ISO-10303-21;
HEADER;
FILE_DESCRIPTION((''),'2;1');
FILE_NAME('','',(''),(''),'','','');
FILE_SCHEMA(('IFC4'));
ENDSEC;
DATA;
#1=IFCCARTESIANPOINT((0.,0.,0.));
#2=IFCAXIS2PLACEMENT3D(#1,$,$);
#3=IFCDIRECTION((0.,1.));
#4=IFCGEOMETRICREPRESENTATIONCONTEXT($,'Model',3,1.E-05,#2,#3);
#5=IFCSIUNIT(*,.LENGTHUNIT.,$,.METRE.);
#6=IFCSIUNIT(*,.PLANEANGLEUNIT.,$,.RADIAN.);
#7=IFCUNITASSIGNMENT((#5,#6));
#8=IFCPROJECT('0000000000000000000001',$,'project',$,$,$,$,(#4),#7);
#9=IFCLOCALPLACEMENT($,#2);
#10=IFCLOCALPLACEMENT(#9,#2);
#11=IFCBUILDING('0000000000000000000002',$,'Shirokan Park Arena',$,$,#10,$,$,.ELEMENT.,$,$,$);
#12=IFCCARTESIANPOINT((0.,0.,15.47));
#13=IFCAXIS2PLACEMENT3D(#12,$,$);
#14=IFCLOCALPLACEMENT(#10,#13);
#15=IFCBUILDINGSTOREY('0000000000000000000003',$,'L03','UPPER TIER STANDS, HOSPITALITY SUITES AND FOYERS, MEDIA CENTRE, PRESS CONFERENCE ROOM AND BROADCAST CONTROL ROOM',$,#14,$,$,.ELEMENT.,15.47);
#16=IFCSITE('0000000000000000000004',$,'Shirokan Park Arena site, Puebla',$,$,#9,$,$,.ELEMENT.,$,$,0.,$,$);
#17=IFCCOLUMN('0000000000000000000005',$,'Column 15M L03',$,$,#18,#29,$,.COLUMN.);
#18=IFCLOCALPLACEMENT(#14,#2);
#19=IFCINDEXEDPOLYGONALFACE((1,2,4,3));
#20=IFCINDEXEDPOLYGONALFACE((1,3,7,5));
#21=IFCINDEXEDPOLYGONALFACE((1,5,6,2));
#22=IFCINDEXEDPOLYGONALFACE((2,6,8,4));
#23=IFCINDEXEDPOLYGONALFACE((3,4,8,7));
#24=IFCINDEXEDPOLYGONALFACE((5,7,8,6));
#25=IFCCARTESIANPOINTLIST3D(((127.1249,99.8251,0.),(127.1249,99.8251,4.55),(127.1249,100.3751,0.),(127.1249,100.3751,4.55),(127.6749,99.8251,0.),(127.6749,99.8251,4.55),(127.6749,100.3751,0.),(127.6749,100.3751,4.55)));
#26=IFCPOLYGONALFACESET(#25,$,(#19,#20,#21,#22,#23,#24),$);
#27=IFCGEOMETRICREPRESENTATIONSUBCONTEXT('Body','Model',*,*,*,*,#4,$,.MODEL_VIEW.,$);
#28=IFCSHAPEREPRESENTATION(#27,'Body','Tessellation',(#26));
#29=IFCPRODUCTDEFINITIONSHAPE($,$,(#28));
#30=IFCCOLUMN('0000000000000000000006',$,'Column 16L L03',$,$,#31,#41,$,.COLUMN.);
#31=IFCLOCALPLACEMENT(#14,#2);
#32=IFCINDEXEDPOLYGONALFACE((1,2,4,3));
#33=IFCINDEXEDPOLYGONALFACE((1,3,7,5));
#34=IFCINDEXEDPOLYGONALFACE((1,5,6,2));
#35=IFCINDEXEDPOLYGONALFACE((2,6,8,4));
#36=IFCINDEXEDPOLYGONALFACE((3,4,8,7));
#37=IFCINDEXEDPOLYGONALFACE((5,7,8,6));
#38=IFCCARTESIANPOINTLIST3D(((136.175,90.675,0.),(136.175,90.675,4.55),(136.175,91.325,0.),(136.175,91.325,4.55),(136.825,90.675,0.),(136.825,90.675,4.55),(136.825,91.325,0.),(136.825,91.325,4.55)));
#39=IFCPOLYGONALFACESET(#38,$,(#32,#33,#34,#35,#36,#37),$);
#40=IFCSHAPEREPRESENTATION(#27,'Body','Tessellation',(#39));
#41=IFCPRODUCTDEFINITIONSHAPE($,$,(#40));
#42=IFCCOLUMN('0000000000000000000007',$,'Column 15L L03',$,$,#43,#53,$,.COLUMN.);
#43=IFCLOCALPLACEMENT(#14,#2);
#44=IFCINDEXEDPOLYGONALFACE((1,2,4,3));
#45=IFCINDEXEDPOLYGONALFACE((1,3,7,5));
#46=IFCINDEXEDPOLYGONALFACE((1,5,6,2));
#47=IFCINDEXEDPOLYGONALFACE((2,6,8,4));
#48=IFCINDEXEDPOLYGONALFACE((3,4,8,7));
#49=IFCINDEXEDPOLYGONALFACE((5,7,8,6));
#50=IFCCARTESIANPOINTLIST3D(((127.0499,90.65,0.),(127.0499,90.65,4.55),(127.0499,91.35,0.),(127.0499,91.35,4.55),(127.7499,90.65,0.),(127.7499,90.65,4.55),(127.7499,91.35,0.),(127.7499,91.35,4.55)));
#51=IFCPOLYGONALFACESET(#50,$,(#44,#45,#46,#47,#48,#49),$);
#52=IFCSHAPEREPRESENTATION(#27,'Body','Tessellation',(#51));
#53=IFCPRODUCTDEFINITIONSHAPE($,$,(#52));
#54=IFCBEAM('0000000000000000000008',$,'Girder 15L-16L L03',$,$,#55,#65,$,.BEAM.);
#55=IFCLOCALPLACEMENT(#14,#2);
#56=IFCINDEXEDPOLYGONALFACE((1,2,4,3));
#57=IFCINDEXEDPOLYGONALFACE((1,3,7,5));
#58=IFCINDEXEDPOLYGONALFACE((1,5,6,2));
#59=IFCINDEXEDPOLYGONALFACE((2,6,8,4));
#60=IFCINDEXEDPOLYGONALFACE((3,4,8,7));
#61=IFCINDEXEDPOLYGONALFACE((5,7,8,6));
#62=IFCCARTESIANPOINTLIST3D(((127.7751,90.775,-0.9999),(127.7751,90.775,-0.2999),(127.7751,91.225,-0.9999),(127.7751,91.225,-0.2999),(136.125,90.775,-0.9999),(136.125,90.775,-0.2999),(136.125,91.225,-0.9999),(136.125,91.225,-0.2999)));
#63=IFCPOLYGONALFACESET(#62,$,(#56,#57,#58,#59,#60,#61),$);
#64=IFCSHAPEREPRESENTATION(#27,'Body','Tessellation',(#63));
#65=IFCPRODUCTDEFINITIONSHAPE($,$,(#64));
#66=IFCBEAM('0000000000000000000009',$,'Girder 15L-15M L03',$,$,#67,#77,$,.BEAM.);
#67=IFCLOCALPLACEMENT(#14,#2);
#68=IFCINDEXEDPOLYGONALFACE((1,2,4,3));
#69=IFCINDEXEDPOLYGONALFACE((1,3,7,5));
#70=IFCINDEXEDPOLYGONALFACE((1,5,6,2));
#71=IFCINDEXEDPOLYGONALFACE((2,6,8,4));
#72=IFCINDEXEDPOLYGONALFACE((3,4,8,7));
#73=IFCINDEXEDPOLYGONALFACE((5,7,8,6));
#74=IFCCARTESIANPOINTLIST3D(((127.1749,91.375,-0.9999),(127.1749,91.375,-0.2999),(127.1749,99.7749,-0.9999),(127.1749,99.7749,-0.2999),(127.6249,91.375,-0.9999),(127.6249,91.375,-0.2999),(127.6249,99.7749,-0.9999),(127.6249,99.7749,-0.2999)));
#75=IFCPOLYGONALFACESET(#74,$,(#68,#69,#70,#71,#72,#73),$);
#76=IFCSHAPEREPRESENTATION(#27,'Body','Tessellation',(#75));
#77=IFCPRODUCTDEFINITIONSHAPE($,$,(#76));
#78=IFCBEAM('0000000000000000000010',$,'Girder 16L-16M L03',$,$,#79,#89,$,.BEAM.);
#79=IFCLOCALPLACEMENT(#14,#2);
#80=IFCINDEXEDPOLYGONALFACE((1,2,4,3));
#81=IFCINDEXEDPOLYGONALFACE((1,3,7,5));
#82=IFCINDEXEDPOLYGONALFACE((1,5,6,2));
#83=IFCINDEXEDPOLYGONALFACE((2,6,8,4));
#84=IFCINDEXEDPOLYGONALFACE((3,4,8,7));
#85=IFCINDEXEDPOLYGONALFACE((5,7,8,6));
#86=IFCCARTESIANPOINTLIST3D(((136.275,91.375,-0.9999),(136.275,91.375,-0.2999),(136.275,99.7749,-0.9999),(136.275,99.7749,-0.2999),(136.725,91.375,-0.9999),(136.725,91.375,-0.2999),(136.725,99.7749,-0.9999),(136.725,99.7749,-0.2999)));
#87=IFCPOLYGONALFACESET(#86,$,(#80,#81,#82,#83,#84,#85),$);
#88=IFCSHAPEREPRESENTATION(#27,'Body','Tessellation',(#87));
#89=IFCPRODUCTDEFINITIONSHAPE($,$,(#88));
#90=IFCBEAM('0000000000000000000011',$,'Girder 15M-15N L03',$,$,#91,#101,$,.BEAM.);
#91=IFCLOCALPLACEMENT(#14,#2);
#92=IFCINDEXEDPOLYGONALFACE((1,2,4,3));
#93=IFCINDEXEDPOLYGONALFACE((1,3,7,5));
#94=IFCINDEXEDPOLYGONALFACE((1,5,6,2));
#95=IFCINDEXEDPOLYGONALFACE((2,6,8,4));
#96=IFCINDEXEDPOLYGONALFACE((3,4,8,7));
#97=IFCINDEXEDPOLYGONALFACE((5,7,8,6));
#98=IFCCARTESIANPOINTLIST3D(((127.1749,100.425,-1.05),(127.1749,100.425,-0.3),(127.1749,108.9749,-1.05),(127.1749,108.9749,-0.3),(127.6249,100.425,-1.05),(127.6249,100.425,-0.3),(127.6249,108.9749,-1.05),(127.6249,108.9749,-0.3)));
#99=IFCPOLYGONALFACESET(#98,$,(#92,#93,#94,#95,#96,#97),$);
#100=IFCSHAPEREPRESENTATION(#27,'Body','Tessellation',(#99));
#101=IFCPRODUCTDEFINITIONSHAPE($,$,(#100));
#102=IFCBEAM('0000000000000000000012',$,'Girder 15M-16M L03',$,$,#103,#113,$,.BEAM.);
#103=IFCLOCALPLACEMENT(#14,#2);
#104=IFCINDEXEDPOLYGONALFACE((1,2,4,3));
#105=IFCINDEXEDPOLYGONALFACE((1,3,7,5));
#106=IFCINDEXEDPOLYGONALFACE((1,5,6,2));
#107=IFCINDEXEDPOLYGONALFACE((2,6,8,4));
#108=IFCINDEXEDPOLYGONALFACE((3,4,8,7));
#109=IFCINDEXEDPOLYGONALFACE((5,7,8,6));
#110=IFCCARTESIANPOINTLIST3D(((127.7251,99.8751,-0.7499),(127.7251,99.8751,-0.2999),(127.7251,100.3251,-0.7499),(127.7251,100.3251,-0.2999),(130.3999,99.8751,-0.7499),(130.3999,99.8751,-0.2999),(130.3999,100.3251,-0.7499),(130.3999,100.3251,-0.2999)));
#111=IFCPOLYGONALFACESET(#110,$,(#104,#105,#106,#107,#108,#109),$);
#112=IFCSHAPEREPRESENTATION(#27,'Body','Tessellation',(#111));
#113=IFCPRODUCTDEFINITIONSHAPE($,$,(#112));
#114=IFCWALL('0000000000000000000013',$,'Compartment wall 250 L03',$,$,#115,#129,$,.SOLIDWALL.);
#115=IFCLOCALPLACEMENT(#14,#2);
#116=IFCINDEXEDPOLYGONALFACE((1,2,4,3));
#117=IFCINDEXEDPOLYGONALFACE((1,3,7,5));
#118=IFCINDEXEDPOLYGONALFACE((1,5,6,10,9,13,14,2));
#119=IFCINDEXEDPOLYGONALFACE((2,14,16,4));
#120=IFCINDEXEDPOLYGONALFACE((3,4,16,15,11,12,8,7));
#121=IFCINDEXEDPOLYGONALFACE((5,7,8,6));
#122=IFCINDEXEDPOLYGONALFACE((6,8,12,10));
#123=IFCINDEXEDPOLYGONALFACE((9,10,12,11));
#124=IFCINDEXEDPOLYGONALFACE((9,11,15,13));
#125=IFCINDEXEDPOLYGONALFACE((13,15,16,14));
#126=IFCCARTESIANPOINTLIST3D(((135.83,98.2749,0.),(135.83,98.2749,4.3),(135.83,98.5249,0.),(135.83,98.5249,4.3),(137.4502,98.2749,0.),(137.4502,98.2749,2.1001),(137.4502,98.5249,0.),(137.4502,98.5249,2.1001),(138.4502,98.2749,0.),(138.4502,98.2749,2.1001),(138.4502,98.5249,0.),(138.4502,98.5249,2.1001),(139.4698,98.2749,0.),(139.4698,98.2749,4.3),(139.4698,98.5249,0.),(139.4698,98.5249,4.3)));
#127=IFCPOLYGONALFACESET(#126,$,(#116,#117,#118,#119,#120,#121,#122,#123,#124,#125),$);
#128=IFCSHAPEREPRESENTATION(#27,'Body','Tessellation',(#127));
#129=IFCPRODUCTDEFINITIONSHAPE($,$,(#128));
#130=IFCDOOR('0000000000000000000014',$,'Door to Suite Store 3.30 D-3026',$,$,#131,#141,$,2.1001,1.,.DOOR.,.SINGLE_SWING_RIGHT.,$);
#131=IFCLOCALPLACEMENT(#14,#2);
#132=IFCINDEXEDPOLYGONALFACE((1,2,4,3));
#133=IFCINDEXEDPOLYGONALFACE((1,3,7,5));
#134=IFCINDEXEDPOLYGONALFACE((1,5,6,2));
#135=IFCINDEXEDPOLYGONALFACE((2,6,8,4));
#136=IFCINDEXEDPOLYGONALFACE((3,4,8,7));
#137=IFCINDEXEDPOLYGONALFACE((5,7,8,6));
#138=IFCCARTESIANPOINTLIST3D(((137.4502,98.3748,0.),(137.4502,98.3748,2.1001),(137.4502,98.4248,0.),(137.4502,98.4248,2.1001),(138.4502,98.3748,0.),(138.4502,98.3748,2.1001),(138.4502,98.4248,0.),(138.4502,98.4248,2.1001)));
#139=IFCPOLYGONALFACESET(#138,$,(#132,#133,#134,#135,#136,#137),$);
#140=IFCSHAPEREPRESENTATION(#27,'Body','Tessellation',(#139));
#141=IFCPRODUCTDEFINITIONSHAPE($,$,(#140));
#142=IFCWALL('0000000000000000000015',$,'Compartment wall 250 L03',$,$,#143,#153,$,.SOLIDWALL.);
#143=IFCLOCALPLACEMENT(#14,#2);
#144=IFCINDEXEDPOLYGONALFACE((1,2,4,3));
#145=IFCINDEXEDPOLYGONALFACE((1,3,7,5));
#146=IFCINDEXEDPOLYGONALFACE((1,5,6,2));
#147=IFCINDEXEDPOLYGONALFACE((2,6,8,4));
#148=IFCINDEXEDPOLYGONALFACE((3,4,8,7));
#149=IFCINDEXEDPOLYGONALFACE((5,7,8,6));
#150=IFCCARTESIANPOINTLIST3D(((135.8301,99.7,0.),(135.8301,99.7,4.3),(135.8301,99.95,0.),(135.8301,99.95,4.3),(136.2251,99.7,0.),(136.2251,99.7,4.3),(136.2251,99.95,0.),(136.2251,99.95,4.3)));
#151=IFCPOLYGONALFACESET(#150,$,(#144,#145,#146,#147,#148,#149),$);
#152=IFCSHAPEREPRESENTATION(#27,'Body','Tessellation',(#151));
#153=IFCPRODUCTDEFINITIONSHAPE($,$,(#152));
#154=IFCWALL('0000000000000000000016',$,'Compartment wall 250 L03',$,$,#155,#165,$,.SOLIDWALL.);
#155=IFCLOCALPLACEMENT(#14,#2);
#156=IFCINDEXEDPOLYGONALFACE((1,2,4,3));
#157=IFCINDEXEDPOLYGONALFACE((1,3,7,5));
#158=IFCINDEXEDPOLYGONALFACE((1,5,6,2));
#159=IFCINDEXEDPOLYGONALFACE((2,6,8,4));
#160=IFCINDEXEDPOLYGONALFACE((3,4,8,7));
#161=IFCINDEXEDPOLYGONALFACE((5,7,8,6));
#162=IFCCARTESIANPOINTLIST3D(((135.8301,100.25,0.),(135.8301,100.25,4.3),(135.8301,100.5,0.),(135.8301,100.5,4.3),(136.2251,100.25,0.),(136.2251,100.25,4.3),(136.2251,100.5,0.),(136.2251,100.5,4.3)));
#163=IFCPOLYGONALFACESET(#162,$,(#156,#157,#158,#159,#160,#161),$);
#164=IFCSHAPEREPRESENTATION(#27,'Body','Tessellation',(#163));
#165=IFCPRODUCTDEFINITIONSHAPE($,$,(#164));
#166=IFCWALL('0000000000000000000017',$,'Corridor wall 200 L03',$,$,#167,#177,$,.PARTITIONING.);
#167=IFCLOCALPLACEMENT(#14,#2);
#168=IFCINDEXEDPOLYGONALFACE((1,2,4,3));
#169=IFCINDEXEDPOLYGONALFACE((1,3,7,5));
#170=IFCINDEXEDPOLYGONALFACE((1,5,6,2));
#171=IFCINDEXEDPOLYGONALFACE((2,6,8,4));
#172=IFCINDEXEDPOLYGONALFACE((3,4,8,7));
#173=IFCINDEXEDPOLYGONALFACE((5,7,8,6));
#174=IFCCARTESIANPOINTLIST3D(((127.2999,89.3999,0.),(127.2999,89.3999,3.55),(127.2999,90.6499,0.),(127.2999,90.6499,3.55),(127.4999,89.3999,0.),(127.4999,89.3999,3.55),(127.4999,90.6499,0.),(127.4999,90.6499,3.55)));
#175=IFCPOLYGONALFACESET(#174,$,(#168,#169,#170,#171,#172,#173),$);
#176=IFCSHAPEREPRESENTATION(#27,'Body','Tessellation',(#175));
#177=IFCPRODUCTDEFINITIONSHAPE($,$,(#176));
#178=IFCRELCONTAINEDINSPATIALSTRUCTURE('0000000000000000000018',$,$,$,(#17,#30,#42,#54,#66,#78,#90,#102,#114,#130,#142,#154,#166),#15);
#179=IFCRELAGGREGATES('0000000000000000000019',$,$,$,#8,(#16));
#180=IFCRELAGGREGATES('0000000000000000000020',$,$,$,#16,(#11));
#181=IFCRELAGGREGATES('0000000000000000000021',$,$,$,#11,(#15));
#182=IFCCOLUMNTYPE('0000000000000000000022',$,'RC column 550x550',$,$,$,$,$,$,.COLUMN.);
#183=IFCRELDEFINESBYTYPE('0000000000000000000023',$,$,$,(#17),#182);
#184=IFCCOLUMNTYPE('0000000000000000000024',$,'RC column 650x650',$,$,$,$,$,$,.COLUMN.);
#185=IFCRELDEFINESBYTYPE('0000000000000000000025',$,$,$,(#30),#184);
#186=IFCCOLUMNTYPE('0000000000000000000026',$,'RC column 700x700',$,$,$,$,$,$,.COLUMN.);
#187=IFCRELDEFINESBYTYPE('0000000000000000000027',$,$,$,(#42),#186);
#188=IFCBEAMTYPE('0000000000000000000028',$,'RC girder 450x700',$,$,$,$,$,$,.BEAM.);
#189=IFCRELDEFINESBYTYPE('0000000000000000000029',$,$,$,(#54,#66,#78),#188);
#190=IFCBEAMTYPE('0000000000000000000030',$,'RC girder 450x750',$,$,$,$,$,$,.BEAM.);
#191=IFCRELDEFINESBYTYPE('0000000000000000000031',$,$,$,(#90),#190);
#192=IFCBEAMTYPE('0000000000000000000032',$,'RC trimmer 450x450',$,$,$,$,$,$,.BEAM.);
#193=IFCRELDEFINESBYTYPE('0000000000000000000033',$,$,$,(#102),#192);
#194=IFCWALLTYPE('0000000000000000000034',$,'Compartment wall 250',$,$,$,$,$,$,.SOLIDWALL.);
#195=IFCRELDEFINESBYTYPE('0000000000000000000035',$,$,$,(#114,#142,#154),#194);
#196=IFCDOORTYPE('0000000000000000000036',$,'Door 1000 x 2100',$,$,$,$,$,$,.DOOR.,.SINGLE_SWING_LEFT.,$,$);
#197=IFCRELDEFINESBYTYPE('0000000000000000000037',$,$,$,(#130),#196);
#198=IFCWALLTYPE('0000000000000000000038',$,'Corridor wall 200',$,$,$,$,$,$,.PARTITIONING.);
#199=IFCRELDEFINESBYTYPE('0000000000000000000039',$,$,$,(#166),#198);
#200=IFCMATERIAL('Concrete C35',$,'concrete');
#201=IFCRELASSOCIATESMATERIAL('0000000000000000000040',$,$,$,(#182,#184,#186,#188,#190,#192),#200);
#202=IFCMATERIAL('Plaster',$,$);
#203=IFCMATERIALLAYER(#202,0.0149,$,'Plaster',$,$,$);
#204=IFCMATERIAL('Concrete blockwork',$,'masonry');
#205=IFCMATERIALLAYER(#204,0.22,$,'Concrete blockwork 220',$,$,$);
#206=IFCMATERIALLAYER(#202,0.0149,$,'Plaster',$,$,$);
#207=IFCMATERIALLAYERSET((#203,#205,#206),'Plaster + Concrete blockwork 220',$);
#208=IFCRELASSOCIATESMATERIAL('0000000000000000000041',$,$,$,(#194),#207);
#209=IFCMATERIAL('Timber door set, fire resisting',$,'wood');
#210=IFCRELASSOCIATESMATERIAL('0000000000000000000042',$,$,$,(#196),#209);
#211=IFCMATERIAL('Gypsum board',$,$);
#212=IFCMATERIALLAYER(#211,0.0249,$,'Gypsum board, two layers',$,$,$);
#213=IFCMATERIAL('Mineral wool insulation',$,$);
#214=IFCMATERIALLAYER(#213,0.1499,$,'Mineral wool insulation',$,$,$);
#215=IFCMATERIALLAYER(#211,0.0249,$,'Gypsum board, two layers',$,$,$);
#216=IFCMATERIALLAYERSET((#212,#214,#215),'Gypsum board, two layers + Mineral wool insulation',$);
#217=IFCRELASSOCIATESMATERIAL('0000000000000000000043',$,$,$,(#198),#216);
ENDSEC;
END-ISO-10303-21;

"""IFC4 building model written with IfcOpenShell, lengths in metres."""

from ifc_helpers import new_model, si_unit, direction, frame, frame_2d, origin, origin_2d, place, context, subcontext, project, spatial, rectangle, extrude, material, layer, layer_set, material_profile, profile_set, type_object, element, fill, save


model = new_model("IFC4")

# Units and contexts
model_context = context("Model", 3, precision=1e-05, world=origin(), true_north=direction((0.0, 1.0)))
body_context = subcontext(model_context, "Body", "Model", "MODEL_VIEW")
ifc_project = project(units=[si_unit("LENGTHUNIT", "METRE"), si_unit("PLANEANGLEUNIT", "RADIAN")], contexts=[model_context])

# Site, building, storey
site_placement = place(None, origin())
site = spatial("IfcSite", under=ifc_project, at=site_placement, Name="Shirokan Park Arena site, Puebla", CompositionType="ELEMENT", RefElevation=0.0)
building_placement = place(site_placement, origin())
building = spatial("IfcBuilding", under=site, at=building_placement, Name="Shirokan Park Arena", CompositionType="ELEMENT")
storey_placement = place(building_placement, frame((0.0, 0.0, 15.47)))
storey = spatial("IfcBuildingStorey", under=building, at=storey_placement, Name="L03", Description="UPPER TIER STANDS, HOSPITALITY SUITES AND FOYERS, MEDIA CENTRE, PRESS CONFERENCE ROOM AND BROADCAST CONTROL ROOM", CompositionType="ELEMENT", Elevation=15.47)

# Columns
ifc_material_1 = material(Name="Concrete C35", Category="concrete")
ifc_material_profile_1 = material_profile(ifc_material_1, rectangle(XDim=0.55, YDim=0.55, at=origin_2d()), Name="550x550")
ifc_profile_set_1 = profile_set([ifc_material_profile_1], Name="Concrete C35")
column_type_1 = type_object("IfcColumnType", Name="RC column 550x550", PredefinedType="COLUMN", material=ifc_profile_set_1)
column_1_placement = place(storey_placement, frame((127.3999, 100.1001, 0.0), z_axis=(0.0, 0.0, 1.0), x_axis=(1.0, 0.0, 0.0)))
element("IfcColumn", 1, at=column_1_placement, inside=storey, type_object=column_type_1, Name="Column 15M L03", PredefinedType="COLUMN", context=body_context, shape_type="SweptSolid", body=[
    extrude(rectangle(XDim=0.55, YDim=0.55, at=origin_2d()), origin(), (0.0, 0.0, 1.0), 4.55),
])
ifc_material_profile_2 = material_profile(ifc_material_1, rectangle(XDim=0.6499, YDim=0.6499, at=origin_2d()), Name="650x650")
ifc_profile_set_2 = profile_set([ifc_material_profile_2], Name="Concrete C35")
column_type_2 = type_object("IfcColumnType", Name="RC column 650x650", PredefinedType="COLUMN", material=ifc_profile_set_2)
column_2_placement = place(storey_placement, frame((136.5, 91.0, 0.0), z_axis=(0.0, 0.0, 1.0), x_axis=(1.0, 0.0, 0.0)))
element("IfcColumn", 2, at=column_2_placement, inside=storey, type_object=column_type_2, Name="Column 16L L03", PredefinedType="COLUMN", context=body_context, shape_type="SweptSolid", body=[
    extrude(rectangle(XDim=0.6499, YDim=0.6499, at=origin_2d()), origin(), (0.0, 0.0, 1.0), 4.55),
])
ifc_material_profile_3 = material_profile(ifc_material_1, rectangle(XDim=0.7, YDim=0.7, at=origin_2d()), Name="700x700")
ifc_profile_set_3 = profile_set([ifc_material_profile_3], Name="Concrete C35")
column_type_3 = type_object("IfcColumnType", Name="RC column 700x700", PredefinedType="COLUMN", material=ifc_profile_set_3)
column_3_placement = place(storey_placement, frame((127.3999, 91.0, 0.0), z_axis=(0.0, 0.0, 1.0), x_axis=(1.0, 0.0, 0.0)))
element("IfcColumn", 3, at=column_3_placement, inside=storey, type_object=column_type_3, Name="Column 15L L03", PredefinedType="COLUMN", context=body_context, shape_type="SweptSolid", body=[
    extrude(rectangle(XDim=0.7, YDim=0.7, at=origin_2d()), origin(), (0.0, 0.0, 1.0), 4.55),
])

# Beams
ifc_material_profile_4 = material_profile(ifc_material_1, rectangle(XDim=0.45, YDim=0.7, at=origin_2d()), Name="450x700")
ifc_profile_set_4 = profile_set([ifc_material_profile_4], Name="Concrete C35")
beam_type_1 = type_object("IfcBeamType", Name="RC girder 450x700", PredefinedType="BEAM", material=ifc_profile_set_4)
beam_1_placement = place(storey_placement, frame((127.7751, 91.0, -0.6499), z_axis=(1.0, 0.0, 0.0), x_axis=(0.0, 1.0, 0.0)))
element("IfcBeam", 4, at=beam_1_placement, inside=storey, type_object=beam_type_1, Name="Girder 15L-16L L03", PredefinedType="BEAM", context=body_context, shape_type="SweptSolid", body=[
    extrude(rectangle(XDim=0.45, YDim=0.7, at=origin_2d()), origin(), (0.0, 0.0, 1.0), 8.3499),
])
for number, where, z_axis, x_axis, name in (
    (5, (127.3999, 91.375, -0.6499), (0.0, 1.0, 0.0), (-1.0, 0.0, 0.0), "Girder 15L-15M L03"),
    (6, (136.5, 91.375, -0.6499), (0.0, 1.0, 0.0), (-1.0, 0.0, 0.0), "Girder 16L-16M L03"),
):
    element("IfcBeam", number, at=place(storey_placement, frame(where, z_axis=z_axis, x_axis=x_axis)), inside=storey, type_object=beam_type_1, Name=name, PredefinedType="BEAM", context=body_context, shape_type="SweptSolid", body=[
        extrude(rectangle(XDim=0.45, YDim=0.7, at=origin_2d()), origin(), (0.0, 0.0, 1.0), 8.3999),
    ])
ifc_material_profile_5 = material_profile(ifc_material_1, rectangle(XDim=0.45, YDim=0.75, at=origin_2d()), Name="450x750")
ifc_profile_set_5 = profile_set([ifc_material_profile_5], Name="Concrete C35")
beam_type_2 = type_object("IfcBeamType", Name="RC girder 450x750", PredefinedType="BEAM", material=ifc_profile_set_5)
beam_2_placement = place(storey_placement, frame((127.3999, 100.425, -0.675), z_axis=(0.0, 1.0, 0.0), x_axis=(-1.0, 0.0, 0.0)))
element("IfcBeam", 7, at=beam_2_placement, inside=storey, type_object=beam_type_2, Name="Girder 15M-15N L03", PredefinedType="BEAM", context=body_context, shape_type="SweptSolid", body=[
    extrude(rectangle(XDim=0.45, YDim=0.75, at=origin_2d()), origin(), (0.0, 0.0, 1.0), 8.5498),
])
ifc_material_profile_6 = material_profile(ifc_material_1, rectangle(XDim=0.45, YDim=0.45, at=origin_2d()), Name="450x450")
ifc_profile_set_6 = profile_set([ifc_material_profile_6], Name="Concrete C35")
beam_type_3 = type_object("IfcBeamType", Name="RC trimmer 450x450", PredefinedType="BEAM", material=ifc_profile_set_6)
beam_3_placement = place(storey_placement, frame((127.7251, 100.1001, -0.5249), z_axis=(1.0, 0.0, 0.0), x_axis=(0.0, 1.0, 0.0)))
element("IfcBeam", 8, at=beam_3_placement, inside=storey, type_object=beam_type_3, Name="Girder 15M-16M L03", PredefinedType="BEAM", context=body_context, shape_type="SweptSolid", body=[
    extrude(rectangle(XDim=0.45, YDim=0.45, at=origin_2d()), origin(), (0.0, 0.0, 1.0), 2.6748),
])

# Wall, opening, door
ifc_material_2 = material(Name="Plaster")
ifc_layer_1 = layer(ifc_material_2, 0.0149, Name="Plaster")
ifc_material_3 = material(Name="Concrete blockwork", Category="masonry")
ifc_layer_2 = layer(ifc_material_3, 0.22, Name="Concrete blockwork 220")
ifc_layer_3 = layer(ifc_material_2, 0.0149, Name="Plaster")
ifc_layer_set_1 = layer_set([ifc_layer_1, ifc_layer_2, ifc_layer_3], Name="Plaster + Concrete blockwork 220")
wall_type_1 = type_object("IfcWallType", Name="Compartment wall 250", PredefinedType="SOLIDWALL", material=ifc_layer_set_1)
wall_1_placement = place(storey_placement, frame((135.8301, 98.3999, 0.0), z_axis=(0.0, 0.0, 1.0), x_axis=(1.0, 0.0, 0.0)))
wall_1 = element("IfcWall", 9, at=wall_1_placement, inside=storey, type_object=wall_type_1, Name="Compartment wall 250 L03", PredefinedType="SOLIDWALL", context=body_context, shape_type="SweptSolid", body=[
    extrude(rectangle(XDim=3.6399, YDim=0.25, at=frame_2d((1.8198, 0.0))), origin(), (0.0, 0.0, 1.0), 4.3),
])
opening_1_placement = place(wall_1_placement, frame((1.6201, 0.0, 0.0)))
opening_1 = element("IfcOpeningElement", 10, at=opening_1_placement, cuts=wall_1, PredefinedType="OPENING", context=body_context, shape_type="SweptSolid", body=[
    extrude(rectangle(XDim=1.0, YDim=2.1001, at=frame_2d((0.5, 1.05))), frame((0.0, 0.135, 0.0), z_axis=(0.0, -1.0, 0.0), x_axis=(1.0, 0.0, 0.0)), (0.0, 0.0, 1.0), 0.27),
])
ifc_material_4 = material(Name="Timber door set, fire resisting", Category="wood")
door_type_1 = type_object("IfcDoorType", Name="Door 1000 x 2100", OperationType="SINGLE_SWING_LEFT", PredefinedType="DOOR", material=ifc_material_4)
door_1_placement = place(opening_1_placement, origin())
door_1 = element("IfcDoor", 11, at=door_1_placement, inside=storey, type_object=door_type_1, Name="Door to Suite Store 3.30 D-3026", OperationType="SINGLE_SWING_RIGHT", OverallHeight=2.1001, OverallWidth=1.0, PredefinedType="DOOR", context=body_context, shape_type="SweptSolid", body=[
    extrude(rectangle(XDim=1.0, YDim=2.1001, at=frame_2d((0.5, 1.05))), frame((0.0, 0.0249, 0.0), z_axis=(0.0, -1.0, 0.0), x_axis=(1.0, 0.0, 0.0)), (0.0, 0.0, 1.0), 0.05),
])
fill(opening_1, door_1)

# Walls
for number, where, z_axis, x_axis, name in (
    (12, (135.8301, 99.825, 0.0), (0.0, 0.0, 1.0), (1.0, 0.0, 0.0), "Compartment wall 250 L03"),
    (13, (136.2251, 100.375, 0.0), (0.0, 0.0, 1.0), (-1.0, 0.0, 0.0), "Compartment wall 250 L03"),
):
    element("IfcWall", number, at=place(storey_placement, frame(where, z_axis=z_axis, x_axis=x_axis)), inside=storey, type_object=wall_type_1, Name=name, PredefinedType="SOLIDWALL", context=body_context, shape_type="SweptSolid", body=[
        extrude(rectangle(XDim=0.395, YDim=0.25, at=frame_2d((0.1975, 0.0))), origin(), (0.0, 0.0, 1.0), 4.3),
    ])
ifc_material_5 = material(Name="Gypsum board")
ifc_layer_4 = layer(ifc_material_5, 0.0249, Name="Gypsum board, two layers")
ifc_material_6 = material(Name="Mineral wool insulation")
ifc_layer_5 = layer(ifc_material_6, 0.1499, Name="Mineral wool insulation")
ifc_layer_6 = layer(ifc_material_5, 0.0249, Name="Gypsum board, two layers")
ifc_layer_set_2 = layer_set([ifc_layer_4, ifc_layer_5, ifc_layer_6], Name="Gypsum board, two layers + Mineral wool insulation")
wall_type_2 = type_object("IfcWallType", Name="Corridor wall 200", PredefinedType="PARTITIONING", material=ifc_layer_set_2)
wall_2_placement = place(storey_placement, frame((127.3999, 89.3999, 0.0), z_axis=(0.0, 0.0, 1.0), x_axis=(0.0, 1.0, 0.0)))
element("IfcWall", 14, at=wall_2_placement, inside=storey, type_object=wall_type_2, Name="Corridor wall 200 L03", PredefinedType="PARTITIONING", context=body_context, shape_type="SweptSolid", body=[
    extrude(rectangle(XDim=1.25, YDim=0.2, at=frame_2d((0.625, 0.0))), origin(), (0.0, 0.0, 1.0), 3.55),
])

save(model, "model.ifc")
